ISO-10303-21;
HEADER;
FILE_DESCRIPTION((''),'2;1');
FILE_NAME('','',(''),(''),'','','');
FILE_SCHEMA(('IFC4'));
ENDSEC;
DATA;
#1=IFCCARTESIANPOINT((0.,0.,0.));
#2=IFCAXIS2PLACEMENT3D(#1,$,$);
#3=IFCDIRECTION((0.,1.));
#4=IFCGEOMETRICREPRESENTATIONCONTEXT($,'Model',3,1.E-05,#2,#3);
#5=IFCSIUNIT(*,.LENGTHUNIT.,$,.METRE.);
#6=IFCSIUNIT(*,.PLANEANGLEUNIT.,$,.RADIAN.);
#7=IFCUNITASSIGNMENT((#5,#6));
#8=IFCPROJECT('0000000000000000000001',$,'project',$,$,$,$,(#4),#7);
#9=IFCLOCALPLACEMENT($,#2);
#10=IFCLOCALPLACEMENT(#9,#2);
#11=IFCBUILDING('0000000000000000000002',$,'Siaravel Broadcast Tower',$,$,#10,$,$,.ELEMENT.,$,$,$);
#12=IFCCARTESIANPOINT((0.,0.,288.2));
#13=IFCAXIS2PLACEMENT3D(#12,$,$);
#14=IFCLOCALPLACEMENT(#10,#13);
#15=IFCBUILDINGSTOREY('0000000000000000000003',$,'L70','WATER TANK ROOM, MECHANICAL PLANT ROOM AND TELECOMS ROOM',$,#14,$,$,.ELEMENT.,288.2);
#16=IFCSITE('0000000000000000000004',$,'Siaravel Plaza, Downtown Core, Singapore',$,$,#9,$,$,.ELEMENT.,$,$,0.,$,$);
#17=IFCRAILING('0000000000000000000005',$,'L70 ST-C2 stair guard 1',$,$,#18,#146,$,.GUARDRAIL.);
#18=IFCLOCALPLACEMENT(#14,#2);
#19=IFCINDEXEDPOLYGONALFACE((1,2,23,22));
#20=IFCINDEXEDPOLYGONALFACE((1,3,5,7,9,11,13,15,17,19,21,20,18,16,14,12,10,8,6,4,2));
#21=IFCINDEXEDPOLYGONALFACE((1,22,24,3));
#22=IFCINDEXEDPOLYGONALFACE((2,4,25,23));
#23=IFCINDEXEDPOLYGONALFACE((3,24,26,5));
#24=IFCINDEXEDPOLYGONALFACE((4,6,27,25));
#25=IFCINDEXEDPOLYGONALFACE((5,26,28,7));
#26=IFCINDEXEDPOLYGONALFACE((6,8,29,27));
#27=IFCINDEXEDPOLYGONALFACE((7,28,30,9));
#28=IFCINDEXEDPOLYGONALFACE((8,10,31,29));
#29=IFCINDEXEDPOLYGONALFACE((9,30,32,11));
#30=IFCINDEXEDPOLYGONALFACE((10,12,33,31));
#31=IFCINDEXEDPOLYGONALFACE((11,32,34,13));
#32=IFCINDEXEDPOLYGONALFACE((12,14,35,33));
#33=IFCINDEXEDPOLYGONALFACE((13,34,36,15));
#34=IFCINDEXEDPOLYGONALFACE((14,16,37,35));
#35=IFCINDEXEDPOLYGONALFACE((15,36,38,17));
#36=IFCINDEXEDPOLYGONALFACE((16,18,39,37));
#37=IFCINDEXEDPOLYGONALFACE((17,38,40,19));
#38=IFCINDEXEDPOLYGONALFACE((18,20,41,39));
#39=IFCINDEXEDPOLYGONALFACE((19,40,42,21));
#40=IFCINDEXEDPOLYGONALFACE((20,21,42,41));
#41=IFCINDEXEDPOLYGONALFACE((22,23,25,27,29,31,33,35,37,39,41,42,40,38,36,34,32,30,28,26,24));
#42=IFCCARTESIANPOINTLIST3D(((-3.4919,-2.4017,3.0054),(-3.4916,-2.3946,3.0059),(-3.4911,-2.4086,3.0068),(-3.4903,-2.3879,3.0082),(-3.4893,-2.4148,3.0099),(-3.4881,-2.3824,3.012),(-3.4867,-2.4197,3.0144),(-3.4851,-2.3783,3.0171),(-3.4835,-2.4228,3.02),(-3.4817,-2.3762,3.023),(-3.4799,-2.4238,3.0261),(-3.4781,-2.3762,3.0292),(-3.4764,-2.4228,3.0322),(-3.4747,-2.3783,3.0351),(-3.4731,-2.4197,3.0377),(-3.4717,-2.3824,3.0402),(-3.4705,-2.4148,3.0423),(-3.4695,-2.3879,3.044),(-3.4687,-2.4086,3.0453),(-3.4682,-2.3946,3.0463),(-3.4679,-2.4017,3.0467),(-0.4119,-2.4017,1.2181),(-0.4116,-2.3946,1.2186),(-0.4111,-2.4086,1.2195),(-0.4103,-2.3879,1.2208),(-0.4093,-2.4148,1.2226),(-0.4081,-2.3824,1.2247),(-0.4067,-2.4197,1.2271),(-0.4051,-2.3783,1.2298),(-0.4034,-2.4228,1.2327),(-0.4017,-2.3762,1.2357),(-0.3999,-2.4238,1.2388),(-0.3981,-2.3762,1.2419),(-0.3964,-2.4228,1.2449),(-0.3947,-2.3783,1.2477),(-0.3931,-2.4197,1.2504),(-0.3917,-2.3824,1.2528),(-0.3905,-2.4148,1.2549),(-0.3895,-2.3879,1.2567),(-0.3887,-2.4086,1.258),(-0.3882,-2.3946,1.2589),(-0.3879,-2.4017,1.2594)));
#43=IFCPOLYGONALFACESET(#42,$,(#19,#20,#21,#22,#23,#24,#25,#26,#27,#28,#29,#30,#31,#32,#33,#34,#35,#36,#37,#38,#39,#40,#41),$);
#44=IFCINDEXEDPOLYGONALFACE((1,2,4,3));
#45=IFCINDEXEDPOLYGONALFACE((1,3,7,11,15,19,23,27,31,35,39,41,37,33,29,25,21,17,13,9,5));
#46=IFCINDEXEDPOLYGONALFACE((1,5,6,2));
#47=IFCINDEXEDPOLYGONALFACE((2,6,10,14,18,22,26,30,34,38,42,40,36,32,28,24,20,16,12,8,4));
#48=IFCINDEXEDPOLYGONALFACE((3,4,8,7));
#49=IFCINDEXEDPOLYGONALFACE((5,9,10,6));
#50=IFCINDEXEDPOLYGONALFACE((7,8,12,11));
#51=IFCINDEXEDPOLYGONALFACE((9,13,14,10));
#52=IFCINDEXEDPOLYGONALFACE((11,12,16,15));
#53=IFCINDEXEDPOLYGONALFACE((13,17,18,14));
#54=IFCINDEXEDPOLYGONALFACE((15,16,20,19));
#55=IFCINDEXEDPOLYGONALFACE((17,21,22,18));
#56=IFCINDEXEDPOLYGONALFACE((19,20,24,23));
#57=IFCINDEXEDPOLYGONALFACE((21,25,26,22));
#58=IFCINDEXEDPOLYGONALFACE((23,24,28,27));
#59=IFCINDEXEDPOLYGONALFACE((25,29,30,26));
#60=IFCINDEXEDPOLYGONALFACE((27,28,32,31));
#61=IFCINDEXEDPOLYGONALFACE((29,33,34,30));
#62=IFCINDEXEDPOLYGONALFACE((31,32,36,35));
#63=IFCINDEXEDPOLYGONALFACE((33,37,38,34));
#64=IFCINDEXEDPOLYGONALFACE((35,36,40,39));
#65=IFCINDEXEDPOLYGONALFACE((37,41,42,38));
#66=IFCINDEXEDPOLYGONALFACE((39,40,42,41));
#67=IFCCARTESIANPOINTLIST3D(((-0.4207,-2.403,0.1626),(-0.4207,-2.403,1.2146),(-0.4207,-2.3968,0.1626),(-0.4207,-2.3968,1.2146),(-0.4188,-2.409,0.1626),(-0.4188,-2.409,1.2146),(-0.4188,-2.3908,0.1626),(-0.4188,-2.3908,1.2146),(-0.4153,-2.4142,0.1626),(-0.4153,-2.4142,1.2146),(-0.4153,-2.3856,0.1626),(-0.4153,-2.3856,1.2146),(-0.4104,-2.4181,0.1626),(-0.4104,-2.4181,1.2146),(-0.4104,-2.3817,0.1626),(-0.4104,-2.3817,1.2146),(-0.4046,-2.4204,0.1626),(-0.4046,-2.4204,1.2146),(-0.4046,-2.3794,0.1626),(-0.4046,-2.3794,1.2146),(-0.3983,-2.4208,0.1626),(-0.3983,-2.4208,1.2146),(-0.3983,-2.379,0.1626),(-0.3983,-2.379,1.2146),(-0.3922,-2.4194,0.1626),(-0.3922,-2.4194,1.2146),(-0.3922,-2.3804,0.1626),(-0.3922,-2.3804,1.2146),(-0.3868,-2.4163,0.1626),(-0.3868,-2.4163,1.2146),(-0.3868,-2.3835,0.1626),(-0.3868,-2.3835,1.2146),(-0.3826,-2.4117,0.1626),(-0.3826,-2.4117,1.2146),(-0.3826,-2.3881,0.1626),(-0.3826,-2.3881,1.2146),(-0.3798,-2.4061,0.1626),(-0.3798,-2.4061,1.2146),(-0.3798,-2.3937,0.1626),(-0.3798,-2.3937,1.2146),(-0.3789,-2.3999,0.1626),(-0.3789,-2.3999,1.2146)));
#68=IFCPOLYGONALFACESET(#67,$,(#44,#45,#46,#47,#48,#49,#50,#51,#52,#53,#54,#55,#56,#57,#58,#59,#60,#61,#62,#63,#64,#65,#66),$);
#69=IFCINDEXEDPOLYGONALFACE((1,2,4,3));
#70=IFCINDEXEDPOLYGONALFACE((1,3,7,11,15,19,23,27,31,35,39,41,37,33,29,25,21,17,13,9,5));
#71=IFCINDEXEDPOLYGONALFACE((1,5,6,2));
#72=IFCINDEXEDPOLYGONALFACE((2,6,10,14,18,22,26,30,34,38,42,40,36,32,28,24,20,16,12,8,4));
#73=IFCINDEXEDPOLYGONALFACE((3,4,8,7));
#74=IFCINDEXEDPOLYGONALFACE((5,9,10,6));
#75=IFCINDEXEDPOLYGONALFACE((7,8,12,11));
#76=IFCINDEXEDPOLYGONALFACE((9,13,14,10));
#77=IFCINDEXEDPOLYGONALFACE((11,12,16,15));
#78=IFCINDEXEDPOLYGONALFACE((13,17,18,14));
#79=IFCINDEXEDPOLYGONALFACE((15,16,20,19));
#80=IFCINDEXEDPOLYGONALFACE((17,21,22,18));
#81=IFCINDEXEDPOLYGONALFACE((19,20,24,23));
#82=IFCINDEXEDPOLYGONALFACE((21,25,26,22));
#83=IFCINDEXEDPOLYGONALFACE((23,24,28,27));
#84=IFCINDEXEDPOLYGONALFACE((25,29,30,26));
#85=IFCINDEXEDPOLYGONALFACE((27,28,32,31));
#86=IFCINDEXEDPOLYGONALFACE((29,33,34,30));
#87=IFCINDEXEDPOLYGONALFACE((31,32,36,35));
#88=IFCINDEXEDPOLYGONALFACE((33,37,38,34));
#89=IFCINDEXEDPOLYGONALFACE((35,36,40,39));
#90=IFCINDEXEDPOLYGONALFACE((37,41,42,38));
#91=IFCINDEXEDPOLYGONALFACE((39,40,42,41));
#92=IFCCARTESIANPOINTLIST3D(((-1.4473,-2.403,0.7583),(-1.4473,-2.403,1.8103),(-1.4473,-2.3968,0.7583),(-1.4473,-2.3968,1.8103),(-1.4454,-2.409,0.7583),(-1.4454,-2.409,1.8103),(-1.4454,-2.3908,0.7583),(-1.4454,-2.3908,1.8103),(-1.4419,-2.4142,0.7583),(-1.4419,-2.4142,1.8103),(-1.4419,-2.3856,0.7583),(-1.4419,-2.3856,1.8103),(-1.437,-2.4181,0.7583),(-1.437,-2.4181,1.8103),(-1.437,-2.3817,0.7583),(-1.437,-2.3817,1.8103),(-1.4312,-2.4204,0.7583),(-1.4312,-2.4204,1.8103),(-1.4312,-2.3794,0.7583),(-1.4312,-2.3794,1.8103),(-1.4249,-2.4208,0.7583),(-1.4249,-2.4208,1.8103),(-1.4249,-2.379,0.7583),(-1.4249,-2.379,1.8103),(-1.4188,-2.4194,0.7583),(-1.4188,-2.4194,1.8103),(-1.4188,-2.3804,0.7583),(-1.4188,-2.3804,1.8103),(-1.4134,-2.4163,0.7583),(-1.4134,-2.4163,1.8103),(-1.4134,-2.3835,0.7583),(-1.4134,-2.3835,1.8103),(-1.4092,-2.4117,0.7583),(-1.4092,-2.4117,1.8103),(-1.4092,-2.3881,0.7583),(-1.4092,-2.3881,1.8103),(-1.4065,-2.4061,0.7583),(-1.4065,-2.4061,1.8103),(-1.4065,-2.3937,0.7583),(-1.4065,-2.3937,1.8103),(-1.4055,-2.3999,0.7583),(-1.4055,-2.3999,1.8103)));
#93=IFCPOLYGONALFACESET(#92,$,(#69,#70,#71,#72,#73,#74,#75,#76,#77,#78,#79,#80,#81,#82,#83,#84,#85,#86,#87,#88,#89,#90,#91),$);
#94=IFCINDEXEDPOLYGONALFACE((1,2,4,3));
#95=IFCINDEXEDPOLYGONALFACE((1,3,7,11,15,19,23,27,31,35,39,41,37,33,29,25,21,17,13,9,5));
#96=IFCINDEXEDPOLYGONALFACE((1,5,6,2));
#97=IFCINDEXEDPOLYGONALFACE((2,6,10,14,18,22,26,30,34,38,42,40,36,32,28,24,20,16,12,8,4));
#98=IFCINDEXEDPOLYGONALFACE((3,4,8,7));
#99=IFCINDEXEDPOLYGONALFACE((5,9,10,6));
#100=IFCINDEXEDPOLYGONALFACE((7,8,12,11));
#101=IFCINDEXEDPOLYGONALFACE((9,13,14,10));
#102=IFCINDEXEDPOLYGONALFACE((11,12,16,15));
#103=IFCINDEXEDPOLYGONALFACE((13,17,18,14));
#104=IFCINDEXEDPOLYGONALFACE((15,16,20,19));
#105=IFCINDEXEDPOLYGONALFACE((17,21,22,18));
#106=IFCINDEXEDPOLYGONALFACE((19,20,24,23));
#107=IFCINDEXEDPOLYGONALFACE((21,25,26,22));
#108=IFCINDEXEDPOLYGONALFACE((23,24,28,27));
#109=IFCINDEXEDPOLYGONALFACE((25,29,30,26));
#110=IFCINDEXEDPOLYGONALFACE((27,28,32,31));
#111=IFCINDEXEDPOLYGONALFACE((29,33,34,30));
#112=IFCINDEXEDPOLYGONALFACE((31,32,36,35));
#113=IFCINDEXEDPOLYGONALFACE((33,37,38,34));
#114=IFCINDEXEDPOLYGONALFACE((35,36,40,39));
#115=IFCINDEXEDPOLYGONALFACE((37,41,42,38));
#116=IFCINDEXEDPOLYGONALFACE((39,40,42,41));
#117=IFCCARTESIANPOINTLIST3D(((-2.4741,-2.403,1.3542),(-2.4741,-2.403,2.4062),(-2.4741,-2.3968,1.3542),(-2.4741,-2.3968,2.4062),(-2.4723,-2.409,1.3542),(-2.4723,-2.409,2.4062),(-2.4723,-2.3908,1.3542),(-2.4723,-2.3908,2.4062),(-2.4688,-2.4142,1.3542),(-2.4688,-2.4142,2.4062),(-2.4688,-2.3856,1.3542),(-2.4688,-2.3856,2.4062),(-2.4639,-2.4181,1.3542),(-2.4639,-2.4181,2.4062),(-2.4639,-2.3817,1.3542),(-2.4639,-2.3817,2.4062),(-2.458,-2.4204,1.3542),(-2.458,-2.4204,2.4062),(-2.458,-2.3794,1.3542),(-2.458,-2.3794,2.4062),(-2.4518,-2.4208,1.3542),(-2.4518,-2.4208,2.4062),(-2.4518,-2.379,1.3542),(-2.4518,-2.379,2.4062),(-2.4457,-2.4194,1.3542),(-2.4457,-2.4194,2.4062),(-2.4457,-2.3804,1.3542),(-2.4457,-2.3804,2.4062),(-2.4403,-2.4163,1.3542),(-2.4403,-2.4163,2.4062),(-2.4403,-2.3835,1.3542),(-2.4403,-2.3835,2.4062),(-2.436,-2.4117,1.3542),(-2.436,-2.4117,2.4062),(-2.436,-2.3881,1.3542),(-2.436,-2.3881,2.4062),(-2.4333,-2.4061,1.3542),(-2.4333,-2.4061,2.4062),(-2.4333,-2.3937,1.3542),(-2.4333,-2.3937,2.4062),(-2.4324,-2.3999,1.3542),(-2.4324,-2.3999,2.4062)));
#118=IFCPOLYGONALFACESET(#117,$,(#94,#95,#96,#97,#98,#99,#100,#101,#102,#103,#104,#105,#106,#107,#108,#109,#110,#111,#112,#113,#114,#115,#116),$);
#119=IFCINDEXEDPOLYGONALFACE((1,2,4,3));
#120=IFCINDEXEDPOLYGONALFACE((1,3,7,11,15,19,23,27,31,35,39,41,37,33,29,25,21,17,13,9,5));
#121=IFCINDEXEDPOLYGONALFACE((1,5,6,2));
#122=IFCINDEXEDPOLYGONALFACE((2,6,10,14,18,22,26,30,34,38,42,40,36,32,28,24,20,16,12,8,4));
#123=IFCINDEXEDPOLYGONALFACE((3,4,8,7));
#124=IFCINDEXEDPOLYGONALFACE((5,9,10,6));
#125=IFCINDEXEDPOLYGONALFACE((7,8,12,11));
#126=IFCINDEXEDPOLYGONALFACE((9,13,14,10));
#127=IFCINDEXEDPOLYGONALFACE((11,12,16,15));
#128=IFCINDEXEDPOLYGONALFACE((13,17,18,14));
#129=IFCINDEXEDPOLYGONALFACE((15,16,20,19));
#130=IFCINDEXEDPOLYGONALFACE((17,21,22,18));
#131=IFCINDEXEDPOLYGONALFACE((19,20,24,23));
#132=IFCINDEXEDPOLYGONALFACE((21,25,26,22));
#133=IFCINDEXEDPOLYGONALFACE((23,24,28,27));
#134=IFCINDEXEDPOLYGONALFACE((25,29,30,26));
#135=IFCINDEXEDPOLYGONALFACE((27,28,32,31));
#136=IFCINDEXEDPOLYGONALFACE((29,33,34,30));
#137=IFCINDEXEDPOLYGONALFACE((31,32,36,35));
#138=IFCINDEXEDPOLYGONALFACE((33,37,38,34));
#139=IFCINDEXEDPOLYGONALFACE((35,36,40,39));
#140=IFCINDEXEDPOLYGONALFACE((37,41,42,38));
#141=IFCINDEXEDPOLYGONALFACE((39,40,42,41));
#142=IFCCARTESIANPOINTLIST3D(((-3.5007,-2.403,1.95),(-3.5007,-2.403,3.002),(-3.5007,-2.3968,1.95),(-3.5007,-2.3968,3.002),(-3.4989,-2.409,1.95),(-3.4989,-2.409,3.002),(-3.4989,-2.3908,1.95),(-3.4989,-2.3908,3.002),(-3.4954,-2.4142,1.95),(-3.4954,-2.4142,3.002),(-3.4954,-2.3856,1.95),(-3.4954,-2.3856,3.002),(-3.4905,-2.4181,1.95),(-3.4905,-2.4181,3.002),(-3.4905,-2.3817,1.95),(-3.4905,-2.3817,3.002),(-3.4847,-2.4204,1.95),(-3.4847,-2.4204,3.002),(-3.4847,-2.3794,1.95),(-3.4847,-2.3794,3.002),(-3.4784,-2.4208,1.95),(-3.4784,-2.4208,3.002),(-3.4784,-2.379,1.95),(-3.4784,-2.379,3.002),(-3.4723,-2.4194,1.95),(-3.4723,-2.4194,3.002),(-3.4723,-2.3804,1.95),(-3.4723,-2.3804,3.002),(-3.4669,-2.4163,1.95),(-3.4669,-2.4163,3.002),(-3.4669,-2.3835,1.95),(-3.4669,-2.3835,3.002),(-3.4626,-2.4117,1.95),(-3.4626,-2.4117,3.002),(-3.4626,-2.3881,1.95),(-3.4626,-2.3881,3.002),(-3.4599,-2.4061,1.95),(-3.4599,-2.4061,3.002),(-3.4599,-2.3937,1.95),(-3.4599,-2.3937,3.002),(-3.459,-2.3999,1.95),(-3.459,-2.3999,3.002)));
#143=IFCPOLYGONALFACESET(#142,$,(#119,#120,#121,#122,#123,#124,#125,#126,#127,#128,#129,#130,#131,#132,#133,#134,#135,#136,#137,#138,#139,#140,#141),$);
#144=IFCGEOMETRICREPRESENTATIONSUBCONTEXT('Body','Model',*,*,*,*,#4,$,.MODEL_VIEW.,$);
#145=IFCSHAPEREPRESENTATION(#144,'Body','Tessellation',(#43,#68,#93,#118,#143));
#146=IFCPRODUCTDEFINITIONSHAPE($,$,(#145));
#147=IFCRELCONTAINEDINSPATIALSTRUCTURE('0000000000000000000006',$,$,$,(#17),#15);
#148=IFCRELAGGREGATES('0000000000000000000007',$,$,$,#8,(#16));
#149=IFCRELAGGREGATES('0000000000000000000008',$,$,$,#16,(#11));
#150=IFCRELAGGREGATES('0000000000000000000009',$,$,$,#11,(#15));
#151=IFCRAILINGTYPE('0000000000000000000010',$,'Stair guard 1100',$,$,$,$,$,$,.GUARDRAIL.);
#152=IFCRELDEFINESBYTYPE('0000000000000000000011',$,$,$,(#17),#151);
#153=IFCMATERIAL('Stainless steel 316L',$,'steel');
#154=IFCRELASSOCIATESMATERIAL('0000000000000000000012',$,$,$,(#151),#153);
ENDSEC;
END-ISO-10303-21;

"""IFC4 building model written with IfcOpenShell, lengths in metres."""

from ifc_helpers import new_model, si_unit, direction, frame, origin, origin_2d, place, context, subcontext, project, spatial, circle, extrude, material, type_object, element, save


model = new_model("IFC4")

# Units and contexts
model_context = context("Model", 3, precision=1e-05, world=origin(), true_north=direction((0.0, 1.0)))
body_context = subcontext(model_context, "Body", "Model", "MODEL_VIEW")
ifc_project = project(units=[si_unit("LENGTHUNIT", "METRE"), si_unit("PLANEANGLEUNIT", "RADIAN")], contexts=[model_context])

# Site, building, storey
site_placement = place(None, origin())
site = spatial("IfcSite", under=ifc_project, at=site_placement, Name="Siaravel Plaza, Downtown Core, Singapore", CompositionType="ELEMENT", RefElevation=0.0)
building_placement = place(site_placement, origin())
building = spatial("IfcBuilding", under=site, at=building_placement, Name="Siaravel Broadcast Tower", CompositionType="ELEMENT")
storey_placement = place(building_placement, frame((0.0, 0.0, 288.2)))
storey = spatial("IfcBuildingStorey", under=building, at=storey_placement, Name="L70", Description="WATER TANK ROOM, MECHANICAL PLANT ROOM AND TELECOMS ROOM", CompositionType="ELEMENT", Elevation=288.2)

# Shared definitions
ifc_material_1 = material(Name="Stainless steel 316L", Category="steel")

# Railing
railing_type_1 = type_object("IfcRailingType", Name="Stair guard 1100", PredefinedType="GUARDRAIL", material=ifc_material_1)
railing_1_placement = place(storey_placement, frame((-0.3999, -2.3999, 0.1626)))
element("IfcRailing", 1, at=railing_1_placement, inside=storey, type_object=railing_type_1, Name="L70 ST-C2 stair guard 1", PredefinedType="GUARDRAIL", context=body_context, shape_type="SweptSolid", body=[
    extrude(circle(Radius=0.0239, at=origin_2d()), frame((0.0, 0.0, 1.0762), z_axis=(-0.86492, 0.0, 0.501909), x_axis=(0.0, -1.0, 0.0)), (0.0, 0.0, 1.0), 3.561),
    extrude(circle(Radius=0.021, at=origin_2d()), origin(), (0.0, 0.0, 1.0), 1.052),
    extrude(circle(Radius=0.021, at=origin_2d()), frame((-1.0266, 0.0, 0.5957)), (0.0, 0.0, 1.0), 1.052),
    extrude(circle(Radius=0.021, at=origin_2d()), frame((-2.0535, 0.0, 1.1917)), (0.0, 0.0, 1.0), 1.052),
    extrude(circle(Radius=0.021, at=origin_2d()), frame((-3.0801, 0.0, 1.7874)), (0.0, 0.0, 1.0), 1.052),
])

save(model, "model.ifc")
